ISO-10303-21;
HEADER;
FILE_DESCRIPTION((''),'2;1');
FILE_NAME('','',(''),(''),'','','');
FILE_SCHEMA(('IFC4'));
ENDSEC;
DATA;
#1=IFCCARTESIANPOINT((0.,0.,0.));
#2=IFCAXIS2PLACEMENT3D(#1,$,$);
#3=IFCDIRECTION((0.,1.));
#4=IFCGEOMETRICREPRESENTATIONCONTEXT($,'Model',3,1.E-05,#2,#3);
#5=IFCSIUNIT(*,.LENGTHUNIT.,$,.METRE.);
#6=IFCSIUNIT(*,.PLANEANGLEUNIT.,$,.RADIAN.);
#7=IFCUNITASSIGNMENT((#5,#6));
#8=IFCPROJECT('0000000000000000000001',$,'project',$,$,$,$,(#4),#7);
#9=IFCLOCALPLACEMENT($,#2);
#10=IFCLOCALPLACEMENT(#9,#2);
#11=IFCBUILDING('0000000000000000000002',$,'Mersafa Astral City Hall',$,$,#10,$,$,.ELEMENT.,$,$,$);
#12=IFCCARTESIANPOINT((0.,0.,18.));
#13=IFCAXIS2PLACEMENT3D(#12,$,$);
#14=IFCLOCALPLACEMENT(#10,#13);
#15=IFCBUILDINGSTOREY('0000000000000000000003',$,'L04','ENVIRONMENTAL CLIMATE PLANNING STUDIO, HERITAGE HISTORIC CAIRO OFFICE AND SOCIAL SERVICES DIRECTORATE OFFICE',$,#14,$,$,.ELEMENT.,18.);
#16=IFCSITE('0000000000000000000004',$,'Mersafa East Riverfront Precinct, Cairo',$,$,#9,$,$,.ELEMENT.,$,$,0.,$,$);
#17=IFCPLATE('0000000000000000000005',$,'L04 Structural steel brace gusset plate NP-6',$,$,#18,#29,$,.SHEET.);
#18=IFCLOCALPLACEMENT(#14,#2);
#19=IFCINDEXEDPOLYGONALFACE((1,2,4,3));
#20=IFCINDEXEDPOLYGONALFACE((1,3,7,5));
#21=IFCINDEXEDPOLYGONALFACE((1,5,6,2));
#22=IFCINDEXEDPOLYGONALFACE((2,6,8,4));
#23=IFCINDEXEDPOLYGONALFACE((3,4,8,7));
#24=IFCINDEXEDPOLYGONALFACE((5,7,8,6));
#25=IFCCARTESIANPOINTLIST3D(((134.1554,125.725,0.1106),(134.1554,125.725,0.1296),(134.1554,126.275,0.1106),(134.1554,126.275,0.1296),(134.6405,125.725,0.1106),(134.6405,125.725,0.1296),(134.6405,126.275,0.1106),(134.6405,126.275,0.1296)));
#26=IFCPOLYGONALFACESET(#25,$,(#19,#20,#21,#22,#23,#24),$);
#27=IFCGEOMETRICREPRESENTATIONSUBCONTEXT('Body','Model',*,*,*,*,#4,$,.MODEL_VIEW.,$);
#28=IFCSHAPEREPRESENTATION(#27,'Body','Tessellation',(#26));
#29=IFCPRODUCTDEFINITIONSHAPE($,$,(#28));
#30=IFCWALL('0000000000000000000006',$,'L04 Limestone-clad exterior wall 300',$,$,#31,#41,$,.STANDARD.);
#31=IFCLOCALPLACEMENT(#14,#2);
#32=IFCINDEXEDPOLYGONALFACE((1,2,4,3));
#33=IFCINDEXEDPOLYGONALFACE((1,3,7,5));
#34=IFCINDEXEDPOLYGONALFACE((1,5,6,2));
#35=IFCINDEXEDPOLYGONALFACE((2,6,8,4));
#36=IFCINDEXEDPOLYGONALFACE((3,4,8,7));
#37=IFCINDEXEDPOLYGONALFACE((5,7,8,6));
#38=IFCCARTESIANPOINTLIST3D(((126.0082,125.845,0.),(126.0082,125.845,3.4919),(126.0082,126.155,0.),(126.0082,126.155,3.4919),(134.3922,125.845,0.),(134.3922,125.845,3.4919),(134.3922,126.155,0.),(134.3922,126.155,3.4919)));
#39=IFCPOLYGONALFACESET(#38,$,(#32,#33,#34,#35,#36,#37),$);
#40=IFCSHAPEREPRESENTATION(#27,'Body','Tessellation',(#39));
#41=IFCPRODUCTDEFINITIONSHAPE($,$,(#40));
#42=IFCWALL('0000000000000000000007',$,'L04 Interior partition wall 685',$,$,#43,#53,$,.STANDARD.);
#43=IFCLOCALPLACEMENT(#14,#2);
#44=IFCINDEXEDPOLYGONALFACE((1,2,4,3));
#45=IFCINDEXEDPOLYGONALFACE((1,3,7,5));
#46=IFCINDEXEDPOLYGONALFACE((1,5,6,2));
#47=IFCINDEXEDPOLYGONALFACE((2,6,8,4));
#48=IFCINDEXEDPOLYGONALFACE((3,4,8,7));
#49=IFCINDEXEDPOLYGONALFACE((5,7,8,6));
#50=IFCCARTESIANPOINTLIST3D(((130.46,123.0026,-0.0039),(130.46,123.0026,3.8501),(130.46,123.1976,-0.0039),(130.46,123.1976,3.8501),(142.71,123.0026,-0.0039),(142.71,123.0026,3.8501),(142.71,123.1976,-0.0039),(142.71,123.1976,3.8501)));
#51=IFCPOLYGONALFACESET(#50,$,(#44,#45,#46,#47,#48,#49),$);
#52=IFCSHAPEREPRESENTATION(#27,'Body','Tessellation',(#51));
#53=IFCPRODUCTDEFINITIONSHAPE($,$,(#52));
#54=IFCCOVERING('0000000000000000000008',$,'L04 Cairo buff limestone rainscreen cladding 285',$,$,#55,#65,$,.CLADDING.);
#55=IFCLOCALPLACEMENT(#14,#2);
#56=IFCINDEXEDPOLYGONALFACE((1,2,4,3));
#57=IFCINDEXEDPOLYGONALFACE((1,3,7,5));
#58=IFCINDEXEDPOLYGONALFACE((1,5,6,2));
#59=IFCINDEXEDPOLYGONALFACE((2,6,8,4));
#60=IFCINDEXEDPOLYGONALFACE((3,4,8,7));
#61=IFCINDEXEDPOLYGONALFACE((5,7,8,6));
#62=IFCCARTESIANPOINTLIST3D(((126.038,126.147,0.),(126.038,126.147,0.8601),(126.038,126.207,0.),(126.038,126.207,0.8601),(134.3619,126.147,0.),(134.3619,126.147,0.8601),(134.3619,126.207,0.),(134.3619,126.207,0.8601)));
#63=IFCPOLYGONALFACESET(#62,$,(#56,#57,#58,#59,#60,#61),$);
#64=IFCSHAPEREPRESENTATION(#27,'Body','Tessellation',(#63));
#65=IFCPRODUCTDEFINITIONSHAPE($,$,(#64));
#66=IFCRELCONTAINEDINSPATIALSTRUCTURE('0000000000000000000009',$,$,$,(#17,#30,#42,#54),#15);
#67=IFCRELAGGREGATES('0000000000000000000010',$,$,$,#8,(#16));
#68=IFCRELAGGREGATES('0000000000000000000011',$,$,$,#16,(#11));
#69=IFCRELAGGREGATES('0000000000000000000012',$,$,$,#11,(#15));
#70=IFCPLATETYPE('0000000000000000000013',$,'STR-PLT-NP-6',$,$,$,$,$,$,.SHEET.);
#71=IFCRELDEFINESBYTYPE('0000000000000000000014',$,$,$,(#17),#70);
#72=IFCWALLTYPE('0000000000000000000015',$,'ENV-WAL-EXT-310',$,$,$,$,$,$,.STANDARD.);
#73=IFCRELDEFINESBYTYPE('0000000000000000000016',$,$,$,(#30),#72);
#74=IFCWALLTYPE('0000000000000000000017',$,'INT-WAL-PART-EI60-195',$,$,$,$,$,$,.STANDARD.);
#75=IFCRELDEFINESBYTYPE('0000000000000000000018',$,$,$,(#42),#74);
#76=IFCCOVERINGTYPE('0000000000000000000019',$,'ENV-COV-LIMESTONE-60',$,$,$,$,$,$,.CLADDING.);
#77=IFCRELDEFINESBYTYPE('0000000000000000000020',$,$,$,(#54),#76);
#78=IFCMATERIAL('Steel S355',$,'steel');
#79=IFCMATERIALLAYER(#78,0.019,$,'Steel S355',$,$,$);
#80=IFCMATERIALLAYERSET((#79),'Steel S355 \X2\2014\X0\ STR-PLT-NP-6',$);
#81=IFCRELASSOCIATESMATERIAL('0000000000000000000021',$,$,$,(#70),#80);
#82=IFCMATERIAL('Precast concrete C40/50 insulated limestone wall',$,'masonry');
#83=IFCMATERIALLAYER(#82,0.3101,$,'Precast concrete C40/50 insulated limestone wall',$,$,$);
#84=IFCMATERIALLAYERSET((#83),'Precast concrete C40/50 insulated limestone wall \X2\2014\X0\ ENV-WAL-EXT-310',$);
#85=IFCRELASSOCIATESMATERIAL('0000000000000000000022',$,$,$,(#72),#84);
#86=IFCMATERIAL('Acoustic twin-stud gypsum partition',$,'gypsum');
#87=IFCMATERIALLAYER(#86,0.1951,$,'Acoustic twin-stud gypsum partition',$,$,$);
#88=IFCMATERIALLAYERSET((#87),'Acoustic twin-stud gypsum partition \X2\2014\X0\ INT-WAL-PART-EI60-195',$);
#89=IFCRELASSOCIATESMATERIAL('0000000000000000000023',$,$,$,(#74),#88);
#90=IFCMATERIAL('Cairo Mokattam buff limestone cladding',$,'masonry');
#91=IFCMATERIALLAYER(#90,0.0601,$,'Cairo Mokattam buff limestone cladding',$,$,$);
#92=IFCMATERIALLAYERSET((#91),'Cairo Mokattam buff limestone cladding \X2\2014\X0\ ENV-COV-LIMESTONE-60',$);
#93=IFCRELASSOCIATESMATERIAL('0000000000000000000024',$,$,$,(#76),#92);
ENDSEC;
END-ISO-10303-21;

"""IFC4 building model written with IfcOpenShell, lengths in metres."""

from ifc_helpers import new_model, si_unit, direction, frame, frame_2d, origin, origin_2d, place, context, subcontext, project, spatial, rectangle, extrude, material, layer, layer_set, type_object, element, save


model = new_model("IFC4")

# Units and contexts
model_context = context("Model", 3, precision=1e-05, world=origin(), true_north=direction((0.0, 1.0)))
body_context = subcontext(model_context, "Body", "Model", "MODEL_VIEW")
ifc_project = project(units=[si_unit("LENGTHUNIT", "METRE"), si_unit("PLANEANGLEUNIT", "RADIAN")], contexts=[model_context])

# Site, building, storey
site_placement = place(None, origin())
site = spatial("IfcSite", under=ifc_project, at=site_placement, Name="Mersafa East Riverfront Precinct, Cairo", CompositionType="ELEMENT", RefElevation=0.0)
building_placement = place(site_placement, origin())
building = spatial("IfcBuilding", under=site, at=building_placement, Name="Mersafa Astral City Hall", CompositionType="ELEMENT")
storey_placement = place(building_placement, frame((0.0, 0.0, 18.0)))
storey = spatial("IfcBuildingStorey", under=building, at=storey_placement, Name="L04", Description="ENVIRONMENTAL CLIMATE PLANNING STUDIO, HERITAGE HISTORIC CAIRO OFFICE AND SOCIAL SERVICES DIRECTORATE OFFICE", CompositionType="ELEMENT", Elevation=18.0)

# Shared definitions
ifc_material_1 = material(Name="Steel S355", Category="steel")

# Plate
ifc_layer_1 = layer(ifc_material_1, 0.019, Name="Steel S355")
ifc_layer_set_1 = layer_set([ifc_layer_1], Name="Steel S355 — STR-PLT-NP-6")
plate_type_1 = type_object("IfcPlateType", Name="STR-PLT-NP-6", PredefinedType="SHEET", material=ifc_layer_set_1)
plate_1_placement = place(storey_placement, frame((134.3979, 126.0, 0.1106), z_axis=(0.0, 0.0, 1.0), x_axis=(1.0, 0.0, 0.0)))
element("IfcPlate", 1, at=plate_1_placement, inside=storey, type_object=plate_type_1, Name="L04 Structural steel brace gusset plate NP-6", PredefinedType="SHEET", context=body_context, shape_type="SweptSolid", body=[
    extrude(rectangle(XDim=0.4851, YDim=0.55, at=origin_2d()), origin(), (0.0, 0.0, 1.0), 0.019),
])

# Walls
ifc_material_2 = material(Name="Precast concrete C40/50 insulated limestone wall", Category="masonry")
ifc_layer_2 = layer(ifc_material_2, 0.3101, Name="Precast concrete C40/50 insulated limestone wall")
ifc_layer_set_2 = layer_set([ifc_layer_2], Name="Precast concrete C40/50 insulated limestone wall — ENV-WAL-EXT-310")
wall_type_1 = type_object("IfcWallType", Name="ENV-WAL-EXT-310", PredefinedType="STANDARD", material=ifc_layer_set_2)
wall_1_placement = place(storey_placement, frame((134.3921, 126.0, 0.0), z_axis=(0.0, 0.0, 1.0), x_axis=(-1.0, 0.0, 0.0)))
element("IfcWall", 2, at=wall_1_placement, inside=storey, type_object=wall_type_1, Name="L04 Limestone-clad exterior wall 300", PredefinedType="STANDARD", context=body_context, shape_type="SweptSolid", body=[
    extrude(rectangle(XDim=8.384, YDim=0.3101, at=frame_2d((4.1919, 0.0))), origin(), (0.0, 0.0, 1.0), 3.4919),
])
ifc_material_3 = material(Name="Acoustic twin-stud gypsum partition", Category="gypsum")
ifc_layer_3 = layer(ifc_material_3, 0.1951, Name="Acoustic twin-stud gypsum partition")
ifc_layer_set_3 = layer_set([ifc_layer_3], Name="Acoustic twin-stud gypsum partition — INT-WAL-PART-EI60-195")
wall_type_2 = type_object("IfcWallType", Name="INT-WAL-PART-EI60-195", PredefinedType="STANDARD", material=ifc_layer_set_3)
wall_2_placement = place(storey_placement, frame((130.46, 123.1001, -0.0039), z_axis=(0.0, 0.0, 1.0), x_axis=(1.0, 0.0, 0.0)))
element("IfcWall", 3, at=wall_2_placement, inside=storey, type_object=wall_type_2, Name="L04 Interior partition wall 685", PredefinedType="STANDARD", context=body_context, shape_type="SweptSolid", body=[
    extrude(rectangle(XDim=12.25, YDim=0.1951, at=frame_2d((6.125, 0.0))), origin(), (0.0, 0.0, 1.0), 3.854),
])

# Covering
ifc_material_4 = material(Name="Cairo Mokattam buff limestone cladding", Category="masonry")
ifc_layer_4 = layer(ifc_material_4, 0.0601, Name="Cairo Mokattam buff limestone cladding")
ifc_layer_set_4 = layer_set([ifc_layer_4], Name="Cairo Mokattam buff limestone cladding — ENV-COV-LIMESTONE-60")
covering_type = type_object("IfcCoveringType", Name="ENV-COV-LIMESTONE-60", PredefinedType="CLADDING", material=ifc_layer_set_4)
covering_placement = place(storey_placement, frame((130.2, 126.177, 0.0), z_axis=(0.0, 0.0, 1.0), x_axis=(-1.0, 0.0, 0.0)))
element("IfcCovering", 4, at=covering_placement, inside=storey, type_object=covering_type, Name="L04 Cairo buff limestone rainscreen cladding 285", PredefinedType="CLADDING", context=body_context, shape_type="SweptSolid", body=[
    extrude(rectangle(XDim=8.324, YDim=0.0601, at=origin_2d()), origin(), (0.0, 0.0, 1.0), 0.8601),
])

save(model, "model.ifc")
